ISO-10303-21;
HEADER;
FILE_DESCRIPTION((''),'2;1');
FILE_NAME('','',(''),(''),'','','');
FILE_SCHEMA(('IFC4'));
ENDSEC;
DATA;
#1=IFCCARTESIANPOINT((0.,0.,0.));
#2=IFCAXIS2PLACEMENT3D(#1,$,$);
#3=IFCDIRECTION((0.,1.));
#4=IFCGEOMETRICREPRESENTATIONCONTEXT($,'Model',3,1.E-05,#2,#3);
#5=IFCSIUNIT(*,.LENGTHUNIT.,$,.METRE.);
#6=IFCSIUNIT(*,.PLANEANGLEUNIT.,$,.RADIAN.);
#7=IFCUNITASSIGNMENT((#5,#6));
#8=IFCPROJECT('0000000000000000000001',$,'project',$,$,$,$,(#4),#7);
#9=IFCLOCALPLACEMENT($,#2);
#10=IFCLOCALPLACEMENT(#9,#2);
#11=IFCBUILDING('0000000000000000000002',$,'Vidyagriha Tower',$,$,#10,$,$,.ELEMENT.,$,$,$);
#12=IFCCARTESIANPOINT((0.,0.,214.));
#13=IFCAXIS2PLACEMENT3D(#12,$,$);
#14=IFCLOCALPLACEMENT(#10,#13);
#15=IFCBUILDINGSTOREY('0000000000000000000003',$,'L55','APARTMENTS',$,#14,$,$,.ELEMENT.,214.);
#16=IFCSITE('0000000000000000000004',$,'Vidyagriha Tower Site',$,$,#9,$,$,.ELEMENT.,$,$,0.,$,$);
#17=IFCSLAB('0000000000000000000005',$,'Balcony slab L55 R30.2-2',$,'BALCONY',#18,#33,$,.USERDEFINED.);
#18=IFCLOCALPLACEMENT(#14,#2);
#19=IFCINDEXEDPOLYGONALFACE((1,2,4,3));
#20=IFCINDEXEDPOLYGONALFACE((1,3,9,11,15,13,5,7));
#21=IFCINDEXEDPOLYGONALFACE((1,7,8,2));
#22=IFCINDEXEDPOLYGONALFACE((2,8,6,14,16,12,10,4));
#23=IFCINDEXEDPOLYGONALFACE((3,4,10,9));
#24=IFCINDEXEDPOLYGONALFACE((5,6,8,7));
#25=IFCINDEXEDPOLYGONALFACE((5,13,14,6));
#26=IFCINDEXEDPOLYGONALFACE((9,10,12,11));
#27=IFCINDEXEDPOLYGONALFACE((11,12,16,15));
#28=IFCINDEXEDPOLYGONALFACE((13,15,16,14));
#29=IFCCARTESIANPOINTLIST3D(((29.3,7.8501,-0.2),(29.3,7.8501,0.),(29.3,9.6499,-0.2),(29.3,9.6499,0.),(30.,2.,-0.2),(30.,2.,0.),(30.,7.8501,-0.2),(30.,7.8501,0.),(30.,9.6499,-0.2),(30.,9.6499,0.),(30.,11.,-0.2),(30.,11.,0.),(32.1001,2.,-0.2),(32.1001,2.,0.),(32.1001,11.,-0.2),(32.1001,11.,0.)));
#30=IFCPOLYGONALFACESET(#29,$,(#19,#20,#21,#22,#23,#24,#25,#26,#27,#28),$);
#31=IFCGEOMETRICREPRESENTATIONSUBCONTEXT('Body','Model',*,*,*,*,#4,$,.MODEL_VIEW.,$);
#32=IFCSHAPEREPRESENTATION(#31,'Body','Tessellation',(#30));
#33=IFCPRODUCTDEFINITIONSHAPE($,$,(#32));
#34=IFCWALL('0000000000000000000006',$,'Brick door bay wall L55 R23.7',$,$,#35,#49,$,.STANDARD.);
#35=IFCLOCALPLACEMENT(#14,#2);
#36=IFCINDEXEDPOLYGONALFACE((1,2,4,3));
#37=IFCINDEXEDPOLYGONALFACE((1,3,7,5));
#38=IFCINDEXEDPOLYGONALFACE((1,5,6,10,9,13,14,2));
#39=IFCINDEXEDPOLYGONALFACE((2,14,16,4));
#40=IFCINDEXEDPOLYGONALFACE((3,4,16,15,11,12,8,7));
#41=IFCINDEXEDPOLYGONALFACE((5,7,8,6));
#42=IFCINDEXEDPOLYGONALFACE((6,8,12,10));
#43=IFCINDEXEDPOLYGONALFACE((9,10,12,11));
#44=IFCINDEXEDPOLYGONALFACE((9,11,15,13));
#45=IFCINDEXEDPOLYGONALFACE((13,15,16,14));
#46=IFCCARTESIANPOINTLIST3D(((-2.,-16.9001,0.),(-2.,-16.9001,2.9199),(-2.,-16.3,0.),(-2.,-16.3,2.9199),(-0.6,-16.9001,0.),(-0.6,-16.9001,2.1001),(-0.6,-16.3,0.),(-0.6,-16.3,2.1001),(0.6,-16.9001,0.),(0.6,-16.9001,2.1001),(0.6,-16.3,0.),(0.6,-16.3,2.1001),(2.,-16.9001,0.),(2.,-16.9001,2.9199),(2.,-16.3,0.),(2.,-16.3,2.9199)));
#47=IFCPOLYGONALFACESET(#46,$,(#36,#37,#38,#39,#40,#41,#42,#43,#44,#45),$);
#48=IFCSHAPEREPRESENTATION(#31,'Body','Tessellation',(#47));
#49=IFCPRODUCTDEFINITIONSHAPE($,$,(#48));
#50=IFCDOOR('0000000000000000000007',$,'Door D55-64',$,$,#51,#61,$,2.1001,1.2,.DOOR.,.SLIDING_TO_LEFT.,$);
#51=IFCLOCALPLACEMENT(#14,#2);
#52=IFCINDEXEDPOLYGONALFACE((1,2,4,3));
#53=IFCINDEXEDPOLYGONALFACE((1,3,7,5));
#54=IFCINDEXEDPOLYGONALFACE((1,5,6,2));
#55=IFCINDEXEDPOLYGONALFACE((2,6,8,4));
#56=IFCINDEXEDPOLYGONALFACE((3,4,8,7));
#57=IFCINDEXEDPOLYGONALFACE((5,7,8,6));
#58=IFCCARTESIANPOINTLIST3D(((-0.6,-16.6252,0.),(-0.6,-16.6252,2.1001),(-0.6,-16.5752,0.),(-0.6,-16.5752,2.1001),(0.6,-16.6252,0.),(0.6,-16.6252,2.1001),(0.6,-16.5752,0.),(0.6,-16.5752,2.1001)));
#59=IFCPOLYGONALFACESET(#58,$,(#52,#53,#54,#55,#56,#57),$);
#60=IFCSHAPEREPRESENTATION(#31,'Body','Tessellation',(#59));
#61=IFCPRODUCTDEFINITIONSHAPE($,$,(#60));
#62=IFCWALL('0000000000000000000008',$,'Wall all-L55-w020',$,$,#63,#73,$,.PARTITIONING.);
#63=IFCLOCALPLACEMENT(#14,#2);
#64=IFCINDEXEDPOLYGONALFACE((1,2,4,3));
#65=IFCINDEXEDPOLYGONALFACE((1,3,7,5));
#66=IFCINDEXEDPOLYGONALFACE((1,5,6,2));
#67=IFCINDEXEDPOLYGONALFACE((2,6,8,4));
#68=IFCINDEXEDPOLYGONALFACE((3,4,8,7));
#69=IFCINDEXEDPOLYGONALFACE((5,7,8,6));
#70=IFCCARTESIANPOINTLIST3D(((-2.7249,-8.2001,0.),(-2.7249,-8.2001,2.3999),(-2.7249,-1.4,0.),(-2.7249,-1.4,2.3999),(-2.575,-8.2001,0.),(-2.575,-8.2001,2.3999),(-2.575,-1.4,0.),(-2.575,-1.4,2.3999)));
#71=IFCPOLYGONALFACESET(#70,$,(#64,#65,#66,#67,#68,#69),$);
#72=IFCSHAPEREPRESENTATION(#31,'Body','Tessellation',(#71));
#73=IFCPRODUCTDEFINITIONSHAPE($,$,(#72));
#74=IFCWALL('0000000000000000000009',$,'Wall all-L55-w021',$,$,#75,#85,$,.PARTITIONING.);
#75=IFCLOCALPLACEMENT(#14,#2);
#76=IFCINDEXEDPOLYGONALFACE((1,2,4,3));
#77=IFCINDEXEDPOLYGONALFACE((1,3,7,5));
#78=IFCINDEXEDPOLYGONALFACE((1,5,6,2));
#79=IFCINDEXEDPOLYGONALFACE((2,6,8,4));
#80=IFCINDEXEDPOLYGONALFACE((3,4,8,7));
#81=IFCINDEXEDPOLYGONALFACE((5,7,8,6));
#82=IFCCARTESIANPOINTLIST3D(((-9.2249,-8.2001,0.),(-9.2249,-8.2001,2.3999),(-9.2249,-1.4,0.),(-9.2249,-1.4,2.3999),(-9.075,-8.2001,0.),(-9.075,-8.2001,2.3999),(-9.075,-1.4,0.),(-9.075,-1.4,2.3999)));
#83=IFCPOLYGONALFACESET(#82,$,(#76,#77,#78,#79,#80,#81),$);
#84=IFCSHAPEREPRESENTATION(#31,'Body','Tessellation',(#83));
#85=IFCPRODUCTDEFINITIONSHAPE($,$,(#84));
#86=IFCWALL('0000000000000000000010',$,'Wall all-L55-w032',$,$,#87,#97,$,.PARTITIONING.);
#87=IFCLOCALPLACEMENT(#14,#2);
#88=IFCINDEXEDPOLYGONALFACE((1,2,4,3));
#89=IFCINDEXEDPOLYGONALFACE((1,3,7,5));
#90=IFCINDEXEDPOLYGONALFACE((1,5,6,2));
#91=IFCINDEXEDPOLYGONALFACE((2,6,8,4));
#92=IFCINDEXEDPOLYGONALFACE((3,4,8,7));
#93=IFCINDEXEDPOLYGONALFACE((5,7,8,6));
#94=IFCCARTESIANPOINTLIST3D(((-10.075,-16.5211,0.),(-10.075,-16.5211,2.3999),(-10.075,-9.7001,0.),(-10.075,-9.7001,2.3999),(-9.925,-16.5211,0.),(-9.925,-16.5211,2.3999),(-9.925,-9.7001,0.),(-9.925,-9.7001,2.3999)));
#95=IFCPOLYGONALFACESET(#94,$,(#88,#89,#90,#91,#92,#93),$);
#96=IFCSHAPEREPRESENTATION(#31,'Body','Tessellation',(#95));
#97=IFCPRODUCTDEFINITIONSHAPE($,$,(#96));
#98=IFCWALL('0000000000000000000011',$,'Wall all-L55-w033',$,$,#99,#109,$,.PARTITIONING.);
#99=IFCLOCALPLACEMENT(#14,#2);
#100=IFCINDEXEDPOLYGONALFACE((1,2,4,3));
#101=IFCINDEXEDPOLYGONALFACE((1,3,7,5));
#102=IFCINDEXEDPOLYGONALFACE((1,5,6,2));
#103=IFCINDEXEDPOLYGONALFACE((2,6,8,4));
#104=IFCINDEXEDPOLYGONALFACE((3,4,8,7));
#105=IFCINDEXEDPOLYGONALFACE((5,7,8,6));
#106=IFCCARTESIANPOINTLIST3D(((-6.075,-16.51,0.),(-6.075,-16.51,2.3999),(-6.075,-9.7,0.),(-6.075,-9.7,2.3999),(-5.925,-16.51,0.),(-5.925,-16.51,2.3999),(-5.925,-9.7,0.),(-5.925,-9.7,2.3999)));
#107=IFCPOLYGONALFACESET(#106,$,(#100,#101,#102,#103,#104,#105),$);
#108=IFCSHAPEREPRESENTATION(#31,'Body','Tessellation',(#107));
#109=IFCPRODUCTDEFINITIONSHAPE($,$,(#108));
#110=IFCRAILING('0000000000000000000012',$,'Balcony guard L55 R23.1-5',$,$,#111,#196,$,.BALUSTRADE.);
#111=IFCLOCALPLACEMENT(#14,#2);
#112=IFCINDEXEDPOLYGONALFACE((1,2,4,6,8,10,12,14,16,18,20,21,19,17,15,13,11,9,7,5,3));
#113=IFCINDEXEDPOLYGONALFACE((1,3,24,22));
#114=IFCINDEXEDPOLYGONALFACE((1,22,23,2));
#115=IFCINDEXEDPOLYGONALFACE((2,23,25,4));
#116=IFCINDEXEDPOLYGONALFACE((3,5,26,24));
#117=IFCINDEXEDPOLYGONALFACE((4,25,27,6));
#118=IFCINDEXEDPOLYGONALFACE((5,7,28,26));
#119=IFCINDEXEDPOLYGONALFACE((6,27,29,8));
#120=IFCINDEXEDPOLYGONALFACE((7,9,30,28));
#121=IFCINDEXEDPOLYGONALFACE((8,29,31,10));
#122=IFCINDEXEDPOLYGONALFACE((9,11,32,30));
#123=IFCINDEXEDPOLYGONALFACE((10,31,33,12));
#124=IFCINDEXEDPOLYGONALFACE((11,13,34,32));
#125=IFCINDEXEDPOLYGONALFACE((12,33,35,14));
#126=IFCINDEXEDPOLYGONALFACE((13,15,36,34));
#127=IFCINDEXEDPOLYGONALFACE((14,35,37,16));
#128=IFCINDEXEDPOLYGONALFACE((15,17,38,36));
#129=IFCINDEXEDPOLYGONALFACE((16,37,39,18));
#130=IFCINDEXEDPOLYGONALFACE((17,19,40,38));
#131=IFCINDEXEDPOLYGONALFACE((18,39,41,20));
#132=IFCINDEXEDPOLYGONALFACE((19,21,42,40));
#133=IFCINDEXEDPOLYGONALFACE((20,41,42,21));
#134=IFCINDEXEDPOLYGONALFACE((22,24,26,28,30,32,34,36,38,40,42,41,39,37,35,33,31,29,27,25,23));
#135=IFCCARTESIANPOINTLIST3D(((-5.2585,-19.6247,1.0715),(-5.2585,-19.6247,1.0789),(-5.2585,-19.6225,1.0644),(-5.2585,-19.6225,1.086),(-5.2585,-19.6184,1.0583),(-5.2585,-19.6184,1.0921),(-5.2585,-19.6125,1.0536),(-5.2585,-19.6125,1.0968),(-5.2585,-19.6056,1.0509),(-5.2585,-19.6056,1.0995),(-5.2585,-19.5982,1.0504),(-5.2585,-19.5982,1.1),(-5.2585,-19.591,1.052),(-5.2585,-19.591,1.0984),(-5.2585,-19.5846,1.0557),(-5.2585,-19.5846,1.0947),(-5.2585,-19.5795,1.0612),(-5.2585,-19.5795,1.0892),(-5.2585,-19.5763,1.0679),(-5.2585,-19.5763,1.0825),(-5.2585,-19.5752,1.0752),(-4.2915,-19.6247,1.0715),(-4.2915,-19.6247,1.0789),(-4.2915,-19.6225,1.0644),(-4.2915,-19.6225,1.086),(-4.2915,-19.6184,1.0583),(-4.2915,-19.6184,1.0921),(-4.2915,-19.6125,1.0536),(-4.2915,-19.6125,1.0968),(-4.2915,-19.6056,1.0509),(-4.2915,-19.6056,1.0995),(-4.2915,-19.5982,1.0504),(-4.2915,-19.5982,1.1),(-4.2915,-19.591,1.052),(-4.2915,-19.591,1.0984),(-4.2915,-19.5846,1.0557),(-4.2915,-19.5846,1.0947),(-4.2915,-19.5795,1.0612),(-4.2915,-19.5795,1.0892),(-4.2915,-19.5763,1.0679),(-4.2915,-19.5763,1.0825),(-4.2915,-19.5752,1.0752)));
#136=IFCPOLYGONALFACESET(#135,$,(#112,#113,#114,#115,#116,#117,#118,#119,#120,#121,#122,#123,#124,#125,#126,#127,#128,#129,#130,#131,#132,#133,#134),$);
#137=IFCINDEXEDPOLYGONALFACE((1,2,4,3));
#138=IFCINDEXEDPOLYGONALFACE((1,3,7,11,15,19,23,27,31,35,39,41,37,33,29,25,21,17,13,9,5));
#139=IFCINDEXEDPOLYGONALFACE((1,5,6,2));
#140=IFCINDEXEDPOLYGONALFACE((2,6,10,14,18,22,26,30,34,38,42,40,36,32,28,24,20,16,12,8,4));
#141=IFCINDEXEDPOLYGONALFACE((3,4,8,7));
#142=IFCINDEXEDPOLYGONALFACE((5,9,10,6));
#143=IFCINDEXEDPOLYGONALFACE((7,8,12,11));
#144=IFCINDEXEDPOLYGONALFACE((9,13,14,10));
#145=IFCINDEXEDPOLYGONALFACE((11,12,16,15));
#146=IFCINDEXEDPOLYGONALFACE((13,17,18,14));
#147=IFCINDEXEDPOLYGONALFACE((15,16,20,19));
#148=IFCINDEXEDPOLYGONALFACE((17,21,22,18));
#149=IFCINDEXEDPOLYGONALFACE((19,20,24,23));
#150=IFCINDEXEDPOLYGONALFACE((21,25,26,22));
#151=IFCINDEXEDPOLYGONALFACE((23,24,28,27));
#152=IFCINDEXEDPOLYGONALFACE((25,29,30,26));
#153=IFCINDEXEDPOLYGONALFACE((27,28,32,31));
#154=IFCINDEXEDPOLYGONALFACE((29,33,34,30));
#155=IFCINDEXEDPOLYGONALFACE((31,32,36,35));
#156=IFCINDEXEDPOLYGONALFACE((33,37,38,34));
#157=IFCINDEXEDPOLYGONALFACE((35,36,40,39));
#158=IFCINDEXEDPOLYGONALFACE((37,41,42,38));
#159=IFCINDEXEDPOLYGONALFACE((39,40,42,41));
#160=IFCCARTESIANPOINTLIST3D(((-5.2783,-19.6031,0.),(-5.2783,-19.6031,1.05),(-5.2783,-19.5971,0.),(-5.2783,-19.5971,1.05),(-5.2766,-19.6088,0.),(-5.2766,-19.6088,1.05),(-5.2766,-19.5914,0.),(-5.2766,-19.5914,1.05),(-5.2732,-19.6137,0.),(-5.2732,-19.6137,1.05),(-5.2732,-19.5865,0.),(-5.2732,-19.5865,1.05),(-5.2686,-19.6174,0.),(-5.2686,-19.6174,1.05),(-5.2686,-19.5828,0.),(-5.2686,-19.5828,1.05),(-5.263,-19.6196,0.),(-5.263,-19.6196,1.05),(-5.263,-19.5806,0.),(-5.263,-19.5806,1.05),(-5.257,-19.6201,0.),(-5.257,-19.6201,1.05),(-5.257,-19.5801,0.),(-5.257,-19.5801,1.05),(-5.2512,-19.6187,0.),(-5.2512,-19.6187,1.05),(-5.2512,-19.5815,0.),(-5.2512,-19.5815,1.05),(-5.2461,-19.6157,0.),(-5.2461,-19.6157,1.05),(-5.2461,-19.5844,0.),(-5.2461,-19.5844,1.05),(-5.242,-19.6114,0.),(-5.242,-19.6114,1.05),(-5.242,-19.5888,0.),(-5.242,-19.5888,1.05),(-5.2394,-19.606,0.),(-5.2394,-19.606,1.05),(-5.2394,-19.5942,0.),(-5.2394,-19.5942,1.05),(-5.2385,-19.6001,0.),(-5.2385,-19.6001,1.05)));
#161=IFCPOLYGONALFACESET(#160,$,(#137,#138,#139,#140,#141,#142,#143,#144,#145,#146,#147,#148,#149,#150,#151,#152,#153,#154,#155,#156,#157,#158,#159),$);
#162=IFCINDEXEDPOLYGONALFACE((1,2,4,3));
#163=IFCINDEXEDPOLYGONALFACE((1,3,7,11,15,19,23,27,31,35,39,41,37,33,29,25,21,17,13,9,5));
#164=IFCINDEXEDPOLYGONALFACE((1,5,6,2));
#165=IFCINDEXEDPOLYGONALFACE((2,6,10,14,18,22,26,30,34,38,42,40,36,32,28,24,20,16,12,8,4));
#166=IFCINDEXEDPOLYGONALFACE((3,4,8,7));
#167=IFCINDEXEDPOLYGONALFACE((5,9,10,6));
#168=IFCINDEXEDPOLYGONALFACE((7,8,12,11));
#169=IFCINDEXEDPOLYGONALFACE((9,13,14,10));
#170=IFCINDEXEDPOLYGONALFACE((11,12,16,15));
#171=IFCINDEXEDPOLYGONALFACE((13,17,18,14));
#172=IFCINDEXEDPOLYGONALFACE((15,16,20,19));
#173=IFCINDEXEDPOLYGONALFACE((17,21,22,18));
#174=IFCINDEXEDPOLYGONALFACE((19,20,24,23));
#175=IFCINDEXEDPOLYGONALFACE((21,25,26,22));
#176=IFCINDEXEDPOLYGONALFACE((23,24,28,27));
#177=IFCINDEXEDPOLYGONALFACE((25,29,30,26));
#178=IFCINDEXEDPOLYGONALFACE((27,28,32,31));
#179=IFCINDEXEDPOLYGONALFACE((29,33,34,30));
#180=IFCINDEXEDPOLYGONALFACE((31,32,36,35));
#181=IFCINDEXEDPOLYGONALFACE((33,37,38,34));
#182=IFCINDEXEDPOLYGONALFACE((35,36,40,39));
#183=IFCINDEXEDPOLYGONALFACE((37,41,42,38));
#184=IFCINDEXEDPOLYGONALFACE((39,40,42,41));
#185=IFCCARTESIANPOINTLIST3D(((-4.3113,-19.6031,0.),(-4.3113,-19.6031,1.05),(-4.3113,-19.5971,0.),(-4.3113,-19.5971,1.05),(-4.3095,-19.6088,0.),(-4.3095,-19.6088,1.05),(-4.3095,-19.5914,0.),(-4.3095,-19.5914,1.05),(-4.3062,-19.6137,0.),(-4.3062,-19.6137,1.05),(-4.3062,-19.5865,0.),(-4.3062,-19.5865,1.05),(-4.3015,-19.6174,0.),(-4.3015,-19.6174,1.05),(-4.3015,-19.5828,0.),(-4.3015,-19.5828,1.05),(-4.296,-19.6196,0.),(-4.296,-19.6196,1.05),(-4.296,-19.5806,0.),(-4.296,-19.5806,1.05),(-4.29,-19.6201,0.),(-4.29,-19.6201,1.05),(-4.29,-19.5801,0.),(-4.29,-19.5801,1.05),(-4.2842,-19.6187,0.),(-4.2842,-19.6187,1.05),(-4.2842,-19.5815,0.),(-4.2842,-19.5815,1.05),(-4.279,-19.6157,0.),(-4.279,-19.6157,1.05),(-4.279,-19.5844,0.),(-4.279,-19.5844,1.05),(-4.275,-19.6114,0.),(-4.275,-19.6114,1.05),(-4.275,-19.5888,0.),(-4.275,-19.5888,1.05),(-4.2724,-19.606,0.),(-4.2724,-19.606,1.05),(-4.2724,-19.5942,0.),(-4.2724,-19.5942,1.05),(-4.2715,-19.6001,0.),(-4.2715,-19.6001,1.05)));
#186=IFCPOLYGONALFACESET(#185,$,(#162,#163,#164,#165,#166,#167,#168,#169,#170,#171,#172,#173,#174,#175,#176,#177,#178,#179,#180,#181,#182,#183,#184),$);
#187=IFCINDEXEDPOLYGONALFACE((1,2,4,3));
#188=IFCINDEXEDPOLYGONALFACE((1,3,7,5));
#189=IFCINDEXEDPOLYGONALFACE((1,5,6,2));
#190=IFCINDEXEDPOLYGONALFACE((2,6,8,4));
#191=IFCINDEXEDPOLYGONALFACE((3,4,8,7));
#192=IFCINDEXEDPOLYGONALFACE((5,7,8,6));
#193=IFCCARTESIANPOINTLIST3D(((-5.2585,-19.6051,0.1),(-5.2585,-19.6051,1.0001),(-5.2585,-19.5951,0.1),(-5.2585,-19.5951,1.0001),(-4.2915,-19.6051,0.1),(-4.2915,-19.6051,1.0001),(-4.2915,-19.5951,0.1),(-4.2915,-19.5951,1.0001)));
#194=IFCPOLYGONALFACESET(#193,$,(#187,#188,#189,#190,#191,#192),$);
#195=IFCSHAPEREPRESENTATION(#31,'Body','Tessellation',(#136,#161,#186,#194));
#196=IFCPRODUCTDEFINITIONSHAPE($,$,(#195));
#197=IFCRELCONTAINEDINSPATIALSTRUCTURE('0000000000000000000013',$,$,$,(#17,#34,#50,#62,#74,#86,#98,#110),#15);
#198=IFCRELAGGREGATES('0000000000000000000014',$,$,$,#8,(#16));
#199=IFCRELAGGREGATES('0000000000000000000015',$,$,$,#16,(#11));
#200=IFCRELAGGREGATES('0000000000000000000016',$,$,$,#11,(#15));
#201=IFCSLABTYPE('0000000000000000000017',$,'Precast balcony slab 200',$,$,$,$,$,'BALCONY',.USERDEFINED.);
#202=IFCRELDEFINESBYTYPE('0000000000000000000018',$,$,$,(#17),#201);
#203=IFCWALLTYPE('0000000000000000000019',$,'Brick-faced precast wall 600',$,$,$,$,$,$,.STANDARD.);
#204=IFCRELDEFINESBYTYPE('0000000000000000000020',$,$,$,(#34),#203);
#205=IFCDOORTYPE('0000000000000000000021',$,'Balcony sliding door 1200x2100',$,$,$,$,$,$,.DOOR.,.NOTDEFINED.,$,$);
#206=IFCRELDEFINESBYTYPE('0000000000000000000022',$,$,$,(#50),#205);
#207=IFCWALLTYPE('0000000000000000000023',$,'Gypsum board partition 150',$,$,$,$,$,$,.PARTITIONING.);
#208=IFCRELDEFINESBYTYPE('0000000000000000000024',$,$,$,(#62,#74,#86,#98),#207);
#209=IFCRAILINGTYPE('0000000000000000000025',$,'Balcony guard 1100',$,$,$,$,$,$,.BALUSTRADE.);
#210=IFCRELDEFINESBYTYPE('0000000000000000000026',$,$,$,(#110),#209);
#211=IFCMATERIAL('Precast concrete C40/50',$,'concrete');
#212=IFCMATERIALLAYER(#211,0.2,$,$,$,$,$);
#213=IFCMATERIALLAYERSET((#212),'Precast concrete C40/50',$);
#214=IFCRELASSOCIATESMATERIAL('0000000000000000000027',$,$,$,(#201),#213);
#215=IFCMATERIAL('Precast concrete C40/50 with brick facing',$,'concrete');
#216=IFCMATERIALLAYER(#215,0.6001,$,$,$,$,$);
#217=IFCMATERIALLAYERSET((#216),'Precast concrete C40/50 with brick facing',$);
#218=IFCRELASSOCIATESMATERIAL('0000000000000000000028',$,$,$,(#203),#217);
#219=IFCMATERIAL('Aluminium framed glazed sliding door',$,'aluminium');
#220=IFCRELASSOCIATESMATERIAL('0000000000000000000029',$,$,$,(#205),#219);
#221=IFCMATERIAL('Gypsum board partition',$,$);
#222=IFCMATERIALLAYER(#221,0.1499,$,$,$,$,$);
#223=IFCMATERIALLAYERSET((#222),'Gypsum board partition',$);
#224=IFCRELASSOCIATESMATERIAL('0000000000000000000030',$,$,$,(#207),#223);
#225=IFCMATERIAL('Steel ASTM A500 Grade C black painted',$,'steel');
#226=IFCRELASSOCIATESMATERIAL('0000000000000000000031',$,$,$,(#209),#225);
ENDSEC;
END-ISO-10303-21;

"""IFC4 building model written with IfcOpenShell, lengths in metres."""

from ifc_helpers import new_model, si_unit, direction, frame, frame_2d, origin, origin_2d, place, context, subcontext, project, spatial, polyline, rectangle, circle, outline, extrude, material, layer, layer_set, type_object, element, fill, save


model = new_model("IFC4")

# Units and contexts
model_context = context("Model", 3, precision=1e-05, world=origin(), true_north=direction((0.0, 1.0)))
body_context = subcontext(model_context, "Body", "Model", "MODEL_VIEW")
ifc_project = project(units=[si_unit("LENGTHUNIT", "METRE"), si_unit("PLANEANGLEUNIT", "RADIAN")], contexts=[model_context])

# Site, building, storey
site_placement = place(None, origin())
site = spatial("IfcSite", under=ifc_project, at=site_placement, Name="Vidyagriha Tower Site", CompositionType="ELEMENT", RefElevation=0.0)
building_placement = place(site_placement, origin())
building = spatial("IfcBuilding", under=site, at=building_placement, Name="Vidyagriha Tower", CompositionType="ELEMENT")
storey_placement = place(building_placement, frame((0.0, 0.0, 214.0)))
storey = spatial("IfcBuildingStorey", under=building, at=storey_placement, Name="L55", Description="APARTMENTS", CompositionType="ELEMENT", Elevation=214.0)

# Slab
ifc_material_1 = material(Name="Precast concrete C40/50", Category="concrete")
ifc_layer_1 = layer(ifc_material_1, 0.2)
ifc_layer_set_1 = layer_set([ifc_layer_1], Name="Precast concrete C40/50")
slab_type_1 = type_object("IfcSlabType", Name="Precast balcony slab 200", ElementType="BALCONY", PredefinedType="USERDEFINED", material=ifc_layer_set_1)
slab_1_placement = place(storey_placement, frame((0.0, 0.0, -0.2)))
element("IfcSlab", 1, at=slab_1_placement, inside=storey, type_object=slab_type_1, Name="Balcony slab L55 R30.2-2", ObjectType="BALCONY", PredefinedType="USERDEFINED", context=body_context, shape_type="SweptSolid", body=[
    extrude(outline(polyline([(30.0, 7.8501), (30.0, 2.0), (32.1001, 2.0), (32.1001, 11.0), (30.0, 11.0), (30.0, 9.6499), (29.3, 9.6499), (29.3, 7.8501), (30.0, 7.8501)])), origin(), (0.0, 0.0, 1.0), 0.2),
])

# Wall, opening, door
ifc_material_2 = material(Name="Precast concrete C40/50 with brick facing", Category="concrete")
ifc_layer_2 = layer(ifc_material_2, 0.6001)
ifc_layer_set_2 = layer_set([ifc_layer_2], Name="Precast concrete C40/50 with brick facing")
wall_type_1 = type_object("IfcWallType", Name="Brick-faced precast wall 600", PredefinedType="STANDARD", material=ifc_layer_set_2)
wall_1_placement = place(storey_placement, frame((-2.0, -16.6001, 0.0)))
wall_1 = element("IfcWall", 2, at=wall_1_placement, inside=storey, type_object=wall_type_1, Name="Brick door bay wall L55 R23.7", PredefinedType="STANDARD", context=body_context, shape_type="SweptSolid", body=[
    extrude(rectangle(XDim=4.0, YDim=0.6001, at=frame_2d((2.0, 0.0))), origin(), (0.0, 0.0, 1.0), 2.9199),
])
opening_placement = place(wall_1_placement, frame((1.3999, 0.0, 0.0)))
opening = element("IfcOpeningElement", 3, at=opening_placement, cuts=wall_1, PredefinedType="OPENING", context=body_context, shape_type="SweptSolid", body=[
    extrude(rectangle(XDim=1.2, YDim=2.1001, at=frame_2d((0.6001, 1.05))), frame((0.0, 0.3101, 0.0), z_axis=(0.0, -1.0, 0.0), x_axis=(1.0, 0.0, 0.0)), (0.0, 0.0, 1.0), 0.6201),
])
ifc_material_3 = material(Name="Aluminium framed glazed sliding door", Category="aluminium")
door_type = type_object("IfcDoorType", Name="Balcony sliding door 1200x2100", OperationType="NOTDEFINED", PredefinedType="DOOR", material=ifc_material_3)
door_placement = place(opening_placement, origin())
door = element("IfcDoor", 4, at=door_placement, inside=storey, type_object=door_type, Name="Door D55-64", OperationType="SLIDING_TO_LEFT", OverallHeight=2.1001, OverallWidth=1.2, PredefinedType="DOOR", context=body_context, shape_type="SweptSolid", body=[
    extrude(rectangle(XDim=1.2, YDim=2.1001, at=frame_2d((0.6001, 1.05))), frame((0.0, 0.0249, 0.0), z_axis=(0.0, -1.0, 0.0), x_axis=(1.0, 0.0, 0.0)), (0.0, 0.0, 1.0), 0.05),
])
fill(opening, door)

# Walls
ifc_material_4 = material(Name="Gypsum board partition")
ifc_layer_3 = layer(ifc_material_4, 0.1499)
ifc_layer_set_3 = layer_set([ifc_layer_3], Name="Gypsum board partition")
wall_type_2 = type_object("IfcWallType", Name="Gypsum board partition 150", PredefinedType="PARTITIONING", material=ifc_layer_set_3)
for number, where, z_axis, x_axis, name in (
    (5, (-2.6499, -8.2, 0.0), (0.0, 0.0, 1.0), (0.0, 1.0, 0.0), "Wall all-L55-w020"),
    (6, (-9.1499, -8.2, 0.0), (0.0, 0.0, 1.0), (0.0, 1.0, 0.0), "Wall all-L55-w021"),
):
    element("IfcWall", number, at=place(storey_placement, frame(where, z_axis=z_axis, x_axis=x_axis)), inside=storey, type_object=wall_type_2, Name=name, PredefinedType="PARTITIONING", context=body_context, shape_type="SweptSolid", body=[
        extrude(rectangle(XDim=6.8, YDim=0.1499, at=frame_2d((3.3999, 0.0))), origin(), (0.0, 0.0, 1.0), 2.3999),
    ])
wall_2_placement = place(storey_placement, frame((-10.0, -9.7, 0.0), z_axis=(0.0, 0.0, 1.0), x_axis=(0.0, -1.0, 0.0)))
element("IfcWall", 7, at=wall_2_placement, inside=storey, type_object=wall_type_2, Name="Wall all-L55-w032", PredefinedType="PARTITIONING", context=body_context, shape_type="SweptSolid", body=[
    extrude(rectangle(XDim=6.821, YDim=0.1499, at=frame_2d((3.4106, 0.0))), origin(), (0.0, 0.0, 1.0), 2.3999),
])
wall_3_placement = place(storey_placement, frame((-6.0, -9.7, 0.0), z_axis=(0.0, 0.0, 1.0), x_axis=(0.0, -1.0, 0.0)))
element("IfcWall", 8, at=wall_3_placement, inside=storey, type_object=wall_type_2, Name="Wall all-L55-w033", PredefinedType="PARTITIONING", context=body_context, shape_type="SweptSolid", body=[
    extrude(rectangle(XDim=6.8101, YDim=0.1499, at=frame_2d((3.405, 0.0))), origin(), (0.0, 0.0, 1.0), 2.3999),
])

# Railing
ifc_material_5 = material(Name="Steel ASTM A500 Grade C black painted", Category="steel")
railing_type = type_object("IfcRailingType", Name="Balcony guard 1100", PredefinedType="BALUSTRADE", material=ifc_material_5)
railing_1_placement = place(storey_placement, frame((-5.2585, -19.6001, 0.0)))
element("IfcRailing", 9, at=railing_1_placement, inside=storey, type_object=railing_type, Name="Balcony guard L55 R23.1-5", PredefinedType="BALUSTRADE", context=body_context, shape_type="SweptSolid", body=[
    extrude(circle(Radius=0.0249, at=origin_2d()), frame((0.0, 0.0, 1.0752), z_axis=(1.0, 0.0, 0.0), x_axis=(0.0, 1.0, 0.0)), (0.0, 0.0, 1.0), 0.967),
    extrude(circle(Radius=0.02, at=origin_2d()), origin(), (0.0, 0.0, 1.0), 1.05),
    extrude(circle(Radius=0.02, at=origin_2d()), frame((0.967, 0.0, 0.0)), (0.0, 0.0, 1.0), 1.05),
    extrude(rectangle(XDim=0.01, YDim=0.9001, at=origin_2d()), frame((0.0, 0.0, 0.55), z_axis=(1.0, 0.0, 0.0), x_axis=(0.0, 1.0, 0.0)), (0.0, 0.0, 1.0), 0.967),
])

save(model, "model.ifc")
